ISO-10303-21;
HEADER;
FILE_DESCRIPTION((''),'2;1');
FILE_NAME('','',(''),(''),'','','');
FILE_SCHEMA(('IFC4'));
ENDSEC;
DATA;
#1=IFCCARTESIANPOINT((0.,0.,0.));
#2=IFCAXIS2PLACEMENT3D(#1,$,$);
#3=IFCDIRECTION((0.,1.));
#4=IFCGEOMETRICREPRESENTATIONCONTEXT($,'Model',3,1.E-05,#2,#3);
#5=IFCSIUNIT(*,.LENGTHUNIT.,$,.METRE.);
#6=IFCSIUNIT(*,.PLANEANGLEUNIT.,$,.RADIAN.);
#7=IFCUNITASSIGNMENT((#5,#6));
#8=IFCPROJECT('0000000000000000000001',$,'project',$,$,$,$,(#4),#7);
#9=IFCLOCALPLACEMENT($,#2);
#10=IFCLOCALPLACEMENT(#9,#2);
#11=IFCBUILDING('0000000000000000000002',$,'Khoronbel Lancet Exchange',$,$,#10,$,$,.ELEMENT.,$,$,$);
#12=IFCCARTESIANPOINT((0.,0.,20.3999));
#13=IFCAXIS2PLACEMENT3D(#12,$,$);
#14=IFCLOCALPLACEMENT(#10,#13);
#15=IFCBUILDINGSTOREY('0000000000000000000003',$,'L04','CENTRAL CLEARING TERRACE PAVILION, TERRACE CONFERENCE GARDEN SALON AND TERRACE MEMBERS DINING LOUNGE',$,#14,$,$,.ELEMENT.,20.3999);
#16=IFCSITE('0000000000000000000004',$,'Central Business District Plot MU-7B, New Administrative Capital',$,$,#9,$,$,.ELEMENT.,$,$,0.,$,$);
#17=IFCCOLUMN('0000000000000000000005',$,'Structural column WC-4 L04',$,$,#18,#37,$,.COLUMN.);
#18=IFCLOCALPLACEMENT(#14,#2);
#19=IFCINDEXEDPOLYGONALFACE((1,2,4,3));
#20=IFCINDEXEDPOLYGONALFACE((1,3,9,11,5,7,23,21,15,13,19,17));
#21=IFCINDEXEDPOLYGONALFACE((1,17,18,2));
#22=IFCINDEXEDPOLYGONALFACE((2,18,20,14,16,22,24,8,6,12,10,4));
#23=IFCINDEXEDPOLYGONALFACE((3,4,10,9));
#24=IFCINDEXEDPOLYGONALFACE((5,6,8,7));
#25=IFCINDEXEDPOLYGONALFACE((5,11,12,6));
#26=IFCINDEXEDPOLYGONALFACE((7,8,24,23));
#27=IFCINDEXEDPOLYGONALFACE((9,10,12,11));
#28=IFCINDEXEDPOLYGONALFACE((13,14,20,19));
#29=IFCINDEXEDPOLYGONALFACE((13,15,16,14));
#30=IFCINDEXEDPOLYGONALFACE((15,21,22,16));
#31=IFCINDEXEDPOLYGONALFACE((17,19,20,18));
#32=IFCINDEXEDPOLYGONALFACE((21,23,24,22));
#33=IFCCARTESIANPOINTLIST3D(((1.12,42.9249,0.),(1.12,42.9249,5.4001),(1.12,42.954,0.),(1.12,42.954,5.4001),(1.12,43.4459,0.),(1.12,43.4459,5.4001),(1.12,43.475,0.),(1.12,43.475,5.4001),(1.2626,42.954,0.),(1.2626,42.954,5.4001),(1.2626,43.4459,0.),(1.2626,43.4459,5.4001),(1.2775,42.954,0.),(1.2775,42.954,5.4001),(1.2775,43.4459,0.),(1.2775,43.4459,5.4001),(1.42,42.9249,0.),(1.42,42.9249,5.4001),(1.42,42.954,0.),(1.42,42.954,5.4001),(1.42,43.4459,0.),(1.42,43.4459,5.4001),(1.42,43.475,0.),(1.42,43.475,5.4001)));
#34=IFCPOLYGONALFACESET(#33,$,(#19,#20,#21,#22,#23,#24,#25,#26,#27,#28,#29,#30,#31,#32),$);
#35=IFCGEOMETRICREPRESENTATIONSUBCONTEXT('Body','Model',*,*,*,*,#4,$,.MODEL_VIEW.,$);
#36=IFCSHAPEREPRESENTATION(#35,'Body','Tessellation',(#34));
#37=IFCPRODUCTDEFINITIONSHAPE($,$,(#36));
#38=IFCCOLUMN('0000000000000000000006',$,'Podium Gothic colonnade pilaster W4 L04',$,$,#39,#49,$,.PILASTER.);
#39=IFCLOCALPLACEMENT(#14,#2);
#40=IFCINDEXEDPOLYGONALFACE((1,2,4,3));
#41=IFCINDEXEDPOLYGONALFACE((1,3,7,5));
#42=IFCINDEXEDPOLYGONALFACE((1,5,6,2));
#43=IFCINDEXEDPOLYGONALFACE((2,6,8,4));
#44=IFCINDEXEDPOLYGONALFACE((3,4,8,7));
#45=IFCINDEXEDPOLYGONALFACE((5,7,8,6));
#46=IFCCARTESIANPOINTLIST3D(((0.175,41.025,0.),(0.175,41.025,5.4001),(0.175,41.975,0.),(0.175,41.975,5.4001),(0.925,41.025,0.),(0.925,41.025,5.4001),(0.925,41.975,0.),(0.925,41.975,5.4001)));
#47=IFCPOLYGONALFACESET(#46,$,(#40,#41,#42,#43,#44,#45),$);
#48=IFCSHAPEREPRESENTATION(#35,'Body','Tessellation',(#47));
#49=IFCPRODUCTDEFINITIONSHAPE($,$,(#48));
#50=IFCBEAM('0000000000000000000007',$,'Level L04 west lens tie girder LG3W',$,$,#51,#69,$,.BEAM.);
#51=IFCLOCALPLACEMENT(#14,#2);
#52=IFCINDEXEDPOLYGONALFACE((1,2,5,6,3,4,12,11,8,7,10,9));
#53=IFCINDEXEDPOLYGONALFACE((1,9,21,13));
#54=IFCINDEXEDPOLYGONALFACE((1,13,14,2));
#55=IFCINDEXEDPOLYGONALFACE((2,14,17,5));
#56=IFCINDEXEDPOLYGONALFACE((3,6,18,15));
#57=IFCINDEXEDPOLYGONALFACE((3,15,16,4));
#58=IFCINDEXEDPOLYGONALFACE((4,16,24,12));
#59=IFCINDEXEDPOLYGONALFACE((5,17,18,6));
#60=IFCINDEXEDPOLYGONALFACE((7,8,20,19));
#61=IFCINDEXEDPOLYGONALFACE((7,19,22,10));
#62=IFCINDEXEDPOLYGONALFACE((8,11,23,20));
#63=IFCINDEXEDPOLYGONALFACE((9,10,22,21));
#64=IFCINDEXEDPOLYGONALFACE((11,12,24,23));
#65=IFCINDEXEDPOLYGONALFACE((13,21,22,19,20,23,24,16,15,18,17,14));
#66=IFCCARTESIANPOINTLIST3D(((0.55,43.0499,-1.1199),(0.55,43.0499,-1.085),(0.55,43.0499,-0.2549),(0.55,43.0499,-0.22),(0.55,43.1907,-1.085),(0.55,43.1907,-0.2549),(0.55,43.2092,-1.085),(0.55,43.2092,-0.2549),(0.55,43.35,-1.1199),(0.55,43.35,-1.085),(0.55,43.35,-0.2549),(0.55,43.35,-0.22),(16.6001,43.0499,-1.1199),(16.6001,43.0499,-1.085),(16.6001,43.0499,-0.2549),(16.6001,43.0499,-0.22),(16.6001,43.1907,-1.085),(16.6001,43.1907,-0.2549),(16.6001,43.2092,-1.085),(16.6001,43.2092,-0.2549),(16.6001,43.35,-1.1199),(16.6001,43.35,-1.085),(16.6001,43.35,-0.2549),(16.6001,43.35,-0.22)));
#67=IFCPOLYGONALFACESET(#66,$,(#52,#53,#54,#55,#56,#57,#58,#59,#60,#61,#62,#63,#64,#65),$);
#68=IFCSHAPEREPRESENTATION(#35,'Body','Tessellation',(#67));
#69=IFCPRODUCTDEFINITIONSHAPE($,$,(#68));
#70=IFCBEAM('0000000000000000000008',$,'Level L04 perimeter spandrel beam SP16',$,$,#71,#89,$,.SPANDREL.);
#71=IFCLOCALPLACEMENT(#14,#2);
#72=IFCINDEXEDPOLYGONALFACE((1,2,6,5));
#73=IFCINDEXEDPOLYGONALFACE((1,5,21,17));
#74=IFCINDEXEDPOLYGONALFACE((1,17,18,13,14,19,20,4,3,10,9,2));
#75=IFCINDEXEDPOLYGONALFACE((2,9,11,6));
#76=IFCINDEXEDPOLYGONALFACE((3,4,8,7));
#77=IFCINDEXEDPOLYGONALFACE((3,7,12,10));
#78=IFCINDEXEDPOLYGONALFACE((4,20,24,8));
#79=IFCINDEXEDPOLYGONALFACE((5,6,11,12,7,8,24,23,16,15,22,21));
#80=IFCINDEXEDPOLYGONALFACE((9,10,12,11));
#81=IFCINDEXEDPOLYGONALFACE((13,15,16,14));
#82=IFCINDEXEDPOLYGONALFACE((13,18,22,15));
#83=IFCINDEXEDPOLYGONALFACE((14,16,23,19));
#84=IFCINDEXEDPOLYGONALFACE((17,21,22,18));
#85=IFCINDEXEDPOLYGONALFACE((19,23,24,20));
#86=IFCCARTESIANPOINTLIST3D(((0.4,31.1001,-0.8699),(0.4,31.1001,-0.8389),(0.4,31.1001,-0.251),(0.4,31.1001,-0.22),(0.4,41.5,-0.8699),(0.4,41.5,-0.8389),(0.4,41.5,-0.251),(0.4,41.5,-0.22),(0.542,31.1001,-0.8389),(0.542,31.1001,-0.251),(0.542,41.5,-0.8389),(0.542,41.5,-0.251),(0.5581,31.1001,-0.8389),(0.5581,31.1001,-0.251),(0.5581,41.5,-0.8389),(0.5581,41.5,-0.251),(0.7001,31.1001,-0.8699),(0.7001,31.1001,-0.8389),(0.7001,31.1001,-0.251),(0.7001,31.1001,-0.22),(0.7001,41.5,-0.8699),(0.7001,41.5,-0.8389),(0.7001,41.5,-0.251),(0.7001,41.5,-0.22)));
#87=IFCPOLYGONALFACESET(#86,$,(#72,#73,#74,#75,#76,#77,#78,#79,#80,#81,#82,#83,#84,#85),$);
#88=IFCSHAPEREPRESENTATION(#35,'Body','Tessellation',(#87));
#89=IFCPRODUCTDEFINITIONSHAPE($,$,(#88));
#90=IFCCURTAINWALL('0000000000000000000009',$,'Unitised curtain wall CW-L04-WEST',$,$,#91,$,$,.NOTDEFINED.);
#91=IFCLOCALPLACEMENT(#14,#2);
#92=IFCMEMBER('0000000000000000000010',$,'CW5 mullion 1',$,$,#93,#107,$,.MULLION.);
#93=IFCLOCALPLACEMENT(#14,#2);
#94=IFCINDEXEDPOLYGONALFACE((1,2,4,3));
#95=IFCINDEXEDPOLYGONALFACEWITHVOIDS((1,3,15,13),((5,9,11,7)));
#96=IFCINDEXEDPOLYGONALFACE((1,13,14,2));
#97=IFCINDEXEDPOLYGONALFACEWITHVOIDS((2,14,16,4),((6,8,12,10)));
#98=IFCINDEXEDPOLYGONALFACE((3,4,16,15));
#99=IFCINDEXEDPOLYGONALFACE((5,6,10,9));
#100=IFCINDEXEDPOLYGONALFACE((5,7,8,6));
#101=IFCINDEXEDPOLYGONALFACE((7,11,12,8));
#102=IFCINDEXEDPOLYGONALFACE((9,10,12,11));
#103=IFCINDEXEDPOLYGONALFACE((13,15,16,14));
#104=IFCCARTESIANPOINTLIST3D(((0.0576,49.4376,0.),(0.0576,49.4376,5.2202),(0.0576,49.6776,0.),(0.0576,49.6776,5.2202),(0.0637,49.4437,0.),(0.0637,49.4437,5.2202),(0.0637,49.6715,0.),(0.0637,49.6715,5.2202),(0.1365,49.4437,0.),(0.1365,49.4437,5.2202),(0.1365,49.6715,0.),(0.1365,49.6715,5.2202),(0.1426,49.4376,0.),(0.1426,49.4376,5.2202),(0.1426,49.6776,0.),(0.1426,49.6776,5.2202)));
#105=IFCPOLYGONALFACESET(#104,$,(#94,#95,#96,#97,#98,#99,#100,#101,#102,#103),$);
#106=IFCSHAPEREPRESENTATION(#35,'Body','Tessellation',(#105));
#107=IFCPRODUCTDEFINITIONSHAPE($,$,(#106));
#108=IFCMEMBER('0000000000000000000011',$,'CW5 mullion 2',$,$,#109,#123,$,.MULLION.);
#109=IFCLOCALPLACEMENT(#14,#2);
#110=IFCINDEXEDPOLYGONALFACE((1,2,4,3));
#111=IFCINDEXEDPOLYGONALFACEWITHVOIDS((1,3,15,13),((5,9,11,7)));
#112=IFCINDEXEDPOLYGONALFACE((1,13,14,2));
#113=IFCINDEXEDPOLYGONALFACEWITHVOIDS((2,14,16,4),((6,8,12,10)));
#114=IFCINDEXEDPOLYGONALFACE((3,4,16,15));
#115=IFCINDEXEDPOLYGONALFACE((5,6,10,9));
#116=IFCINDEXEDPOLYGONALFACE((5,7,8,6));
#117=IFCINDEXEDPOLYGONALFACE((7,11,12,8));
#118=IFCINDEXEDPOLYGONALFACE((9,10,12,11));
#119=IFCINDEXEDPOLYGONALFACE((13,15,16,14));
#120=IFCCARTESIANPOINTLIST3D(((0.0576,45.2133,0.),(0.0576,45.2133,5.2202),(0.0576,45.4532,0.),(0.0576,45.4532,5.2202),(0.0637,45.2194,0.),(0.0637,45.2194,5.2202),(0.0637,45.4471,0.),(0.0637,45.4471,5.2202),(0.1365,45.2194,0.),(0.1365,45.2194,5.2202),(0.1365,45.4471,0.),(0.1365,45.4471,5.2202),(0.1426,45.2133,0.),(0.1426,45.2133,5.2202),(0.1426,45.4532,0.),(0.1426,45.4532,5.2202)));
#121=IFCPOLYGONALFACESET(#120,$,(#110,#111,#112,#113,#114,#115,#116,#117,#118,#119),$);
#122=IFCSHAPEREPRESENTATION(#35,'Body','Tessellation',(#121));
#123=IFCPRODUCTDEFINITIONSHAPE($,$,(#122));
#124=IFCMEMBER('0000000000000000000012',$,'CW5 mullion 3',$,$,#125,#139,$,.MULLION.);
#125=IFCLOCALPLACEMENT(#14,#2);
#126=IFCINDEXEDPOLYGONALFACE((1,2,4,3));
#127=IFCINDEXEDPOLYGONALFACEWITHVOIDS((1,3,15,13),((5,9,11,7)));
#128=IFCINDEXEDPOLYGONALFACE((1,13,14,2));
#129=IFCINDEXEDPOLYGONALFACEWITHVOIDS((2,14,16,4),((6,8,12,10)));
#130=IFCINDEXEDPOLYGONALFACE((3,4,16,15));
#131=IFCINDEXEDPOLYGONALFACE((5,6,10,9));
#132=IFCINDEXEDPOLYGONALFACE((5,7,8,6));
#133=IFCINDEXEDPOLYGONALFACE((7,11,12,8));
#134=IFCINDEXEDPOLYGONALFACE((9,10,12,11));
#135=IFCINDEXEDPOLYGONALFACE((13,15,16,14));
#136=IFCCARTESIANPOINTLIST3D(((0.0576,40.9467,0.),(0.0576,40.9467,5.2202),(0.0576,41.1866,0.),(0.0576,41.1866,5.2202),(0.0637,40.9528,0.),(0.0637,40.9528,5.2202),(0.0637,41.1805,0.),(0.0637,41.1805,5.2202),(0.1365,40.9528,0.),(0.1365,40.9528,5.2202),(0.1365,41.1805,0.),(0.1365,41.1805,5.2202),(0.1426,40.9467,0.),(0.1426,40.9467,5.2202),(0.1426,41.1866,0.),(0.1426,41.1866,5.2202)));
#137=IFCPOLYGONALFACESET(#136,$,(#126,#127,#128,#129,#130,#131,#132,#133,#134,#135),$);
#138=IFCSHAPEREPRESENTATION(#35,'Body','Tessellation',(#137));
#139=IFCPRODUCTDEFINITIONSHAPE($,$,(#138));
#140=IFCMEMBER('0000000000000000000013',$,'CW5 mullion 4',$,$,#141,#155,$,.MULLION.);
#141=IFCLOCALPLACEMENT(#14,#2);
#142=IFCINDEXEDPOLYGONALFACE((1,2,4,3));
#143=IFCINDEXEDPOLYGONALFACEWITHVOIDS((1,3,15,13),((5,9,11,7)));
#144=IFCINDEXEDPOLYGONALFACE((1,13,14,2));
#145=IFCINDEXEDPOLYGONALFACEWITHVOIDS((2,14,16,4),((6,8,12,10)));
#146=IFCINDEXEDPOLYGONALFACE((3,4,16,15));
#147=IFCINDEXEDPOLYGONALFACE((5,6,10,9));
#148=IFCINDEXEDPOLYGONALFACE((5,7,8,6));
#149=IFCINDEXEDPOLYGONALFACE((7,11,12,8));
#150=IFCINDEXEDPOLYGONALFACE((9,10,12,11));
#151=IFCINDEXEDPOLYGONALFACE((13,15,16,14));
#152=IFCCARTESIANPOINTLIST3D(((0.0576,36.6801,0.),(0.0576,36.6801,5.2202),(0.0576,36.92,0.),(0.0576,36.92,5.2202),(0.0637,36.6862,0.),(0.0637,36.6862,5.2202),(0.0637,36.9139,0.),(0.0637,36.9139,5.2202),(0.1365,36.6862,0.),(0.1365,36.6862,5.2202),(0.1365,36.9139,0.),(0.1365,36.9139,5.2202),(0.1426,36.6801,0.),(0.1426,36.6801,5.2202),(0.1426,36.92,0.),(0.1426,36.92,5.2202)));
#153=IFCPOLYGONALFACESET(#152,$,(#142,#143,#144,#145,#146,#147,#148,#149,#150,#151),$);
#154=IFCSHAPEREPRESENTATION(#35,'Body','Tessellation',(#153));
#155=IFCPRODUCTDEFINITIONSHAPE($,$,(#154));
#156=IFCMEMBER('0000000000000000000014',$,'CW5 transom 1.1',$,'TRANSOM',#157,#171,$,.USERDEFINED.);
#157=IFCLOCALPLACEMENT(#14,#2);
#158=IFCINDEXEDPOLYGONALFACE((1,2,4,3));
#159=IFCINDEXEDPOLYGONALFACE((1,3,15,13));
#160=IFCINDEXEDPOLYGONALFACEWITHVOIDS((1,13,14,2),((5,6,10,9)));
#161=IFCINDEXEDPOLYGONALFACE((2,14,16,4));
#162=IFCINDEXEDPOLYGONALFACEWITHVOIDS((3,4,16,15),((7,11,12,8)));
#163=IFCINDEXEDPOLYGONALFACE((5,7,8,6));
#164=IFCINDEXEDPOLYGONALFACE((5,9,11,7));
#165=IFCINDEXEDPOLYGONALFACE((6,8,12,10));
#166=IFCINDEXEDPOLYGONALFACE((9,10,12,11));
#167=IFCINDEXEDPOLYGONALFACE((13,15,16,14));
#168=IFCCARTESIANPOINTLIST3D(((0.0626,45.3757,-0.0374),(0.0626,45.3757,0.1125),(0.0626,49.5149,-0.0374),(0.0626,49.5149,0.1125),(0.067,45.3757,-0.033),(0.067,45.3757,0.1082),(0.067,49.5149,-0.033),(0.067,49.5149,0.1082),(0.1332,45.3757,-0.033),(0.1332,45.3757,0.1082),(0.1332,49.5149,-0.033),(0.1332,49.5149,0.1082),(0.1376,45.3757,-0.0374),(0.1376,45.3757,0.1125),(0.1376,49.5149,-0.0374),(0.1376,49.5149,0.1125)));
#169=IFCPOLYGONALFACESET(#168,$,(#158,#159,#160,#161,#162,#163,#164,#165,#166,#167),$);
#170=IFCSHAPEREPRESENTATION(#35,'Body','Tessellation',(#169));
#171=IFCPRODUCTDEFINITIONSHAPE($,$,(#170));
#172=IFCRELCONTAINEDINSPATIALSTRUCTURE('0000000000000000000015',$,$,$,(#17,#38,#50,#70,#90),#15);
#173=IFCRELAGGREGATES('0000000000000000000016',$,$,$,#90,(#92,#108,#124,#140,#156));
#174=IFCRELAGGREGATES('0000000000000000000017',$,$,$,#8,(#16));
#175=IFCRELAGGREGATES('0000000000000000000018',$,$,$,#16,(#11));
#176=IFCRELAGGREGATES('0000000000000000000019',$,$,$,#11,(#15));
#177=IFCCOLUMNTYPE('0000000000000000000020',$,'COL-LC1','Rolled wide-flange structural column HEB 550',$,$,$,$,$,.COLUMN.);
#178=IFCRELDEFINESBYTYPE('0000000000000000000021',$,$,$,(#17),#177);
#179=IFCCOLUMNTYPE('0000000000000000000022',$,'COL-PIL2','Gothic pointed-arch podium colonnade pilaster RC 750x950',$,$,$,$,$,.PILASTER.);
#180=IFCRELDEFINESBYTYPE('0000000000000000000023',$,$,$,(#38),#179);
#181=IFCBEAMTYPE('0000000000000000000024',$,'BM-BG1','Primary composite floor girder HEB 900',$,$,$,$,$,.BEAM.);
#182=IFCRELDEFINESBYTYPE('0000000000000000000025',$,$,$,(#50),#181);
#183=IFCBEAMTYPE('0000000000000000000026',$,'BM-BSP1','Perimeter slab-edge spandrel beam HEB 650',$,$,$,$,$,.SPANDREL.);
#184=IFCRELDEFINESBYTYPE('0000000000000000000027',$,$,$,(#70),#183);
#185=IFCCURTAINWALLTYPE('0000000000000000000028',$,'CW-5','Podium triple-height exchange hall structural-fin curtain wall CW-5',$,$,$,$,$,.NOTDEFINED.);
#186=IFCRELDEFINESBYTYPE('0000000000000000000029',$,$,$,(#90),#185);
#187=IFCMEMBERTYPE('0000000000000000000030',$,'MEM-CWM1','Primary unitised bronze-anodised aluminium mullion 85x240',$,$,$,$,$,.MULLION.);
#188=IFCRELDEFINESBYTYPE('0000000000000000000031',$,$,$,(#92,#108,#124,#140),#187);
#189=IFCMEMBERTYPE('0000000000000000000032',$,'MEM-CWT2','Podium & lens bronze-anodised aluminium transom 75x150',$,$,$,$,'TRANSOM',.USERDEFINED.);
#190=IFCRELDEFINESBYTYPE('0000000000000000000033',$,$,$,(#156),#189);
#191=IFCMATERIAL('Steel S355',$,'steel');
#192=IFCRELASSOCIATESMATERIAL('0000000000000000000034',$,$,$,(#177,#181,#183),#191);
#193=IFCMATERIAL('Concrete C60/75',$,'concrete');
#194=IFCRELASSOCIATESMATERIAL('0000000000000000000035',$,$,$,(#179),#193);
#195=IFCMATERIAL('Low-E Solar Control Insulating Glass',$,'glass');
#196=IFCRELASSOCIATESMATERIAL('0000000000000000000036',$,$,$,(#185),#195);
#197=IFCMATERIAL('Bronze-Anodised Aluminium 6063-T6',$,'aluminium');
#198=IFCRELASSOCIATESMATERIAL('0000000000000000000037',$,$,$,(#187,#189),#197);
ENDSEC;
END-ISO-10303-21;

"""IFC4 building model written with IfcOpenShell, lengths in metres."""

from ifc_helpers import new_model, si_unit, direction, frame, origin, origin_2d, place, context, subcontext, project, spatial, rectangle, hollow_rectangle, i_section, extrude, material, material_profile, profile_set, type_object, element, aggregate, save


model = new_model("IFC4")

# Units and contexts
model_context = context("Model", 3, precision=1e-05, world=origin(), true_north=direction((0.0, 1.0)))
body_context = subcontext(model_context, "Body", "Model", "MODEL_VIEW")
ifc_project = project(units=[si_unit("LENGTHUNIT", "METRE"), si_unit("PLANEANGLEUNIT", "RADIAN")], contexts=[model_context])

# Site, building, storey
site_placement = place(None, origin())
site = spatial("IfcSite", under=ifc_project, at=site_placement, Name="Central Business District Plot MU-7B, New Administrative Capital", CompositionType="ELEMENT", RefElevation=0.0)
building_placement = place(site_placement, origin())
building = spatial("IfcBuilding", under=site, at=building_placement, Name="Khoronbel Lancet Exchange", CompositionType="ELEMENT")
storey_placement = place(building_placement, frame((0.0, 0.0, 20.3999)))
storey = spatial("IfcBuildingStorey", under=building, at=storey_placement, Name="L04", Description="CENTRAL CLEARING TERRACE PAVILION, TERRACE CONFERENCE GARDEN SALON AND TERRACE MEMBERS DINING LOUNGE", CompositionType="ELEMENT", Elevation=20.3999)

# Columns
ifc_material_1 = material(Name="Steel S355", Category="steel")
ifc_material_profile_1 = material_profile(ifc_material_1, i_section(OverallWidth=0.3, OverallDepth=0.55, WebThickness=0.0149, FlangeThickness=0.0291, at=origin_2d()), Name="HEB 550")
ifc_profile_set_1 = profile_set([ifc_material_profile_1], Name="Steel S355")
column_type_1 = type_object("IfcColumnType", Name="COL-LC1", Description="Rolled wide-flange structural column HEB 550", PredefinedType="COLUMN", material=ifc_profile_set_1)
column_1_placement = place(storey_placement, frame((1.27, 43.2, 0.0), z_axis=(0.0, 0.0, 1.0), x_axis=(1.0, 0.0, 0.0)))
element("IfcColumn", 1, at=column_1_placement, inside=storey, type_object=column_type_1, Name="Structural column WC-4 L04", PredefinedType="COLUMN", context=body_context, shape_type="SweptSolid", body=[
    extrude(i_section(OverallWidth=0.3, OverallDepth=0.55, WebThickness=0.0149, FlangeThickness=0.0291, at=origin_2d()), origin(), (0.0, 0.0, 1.0), 5.4001),
])
ifc_material_2 = material(Name="Concrete C60/75", Category="concrete")
ifc_material_profile_2 = material_profile(ifc_material_2, rectangle(XDim=0.75, YDim=0.95, at=origin_2d()), Name="RC 750x950")
ifc_profile_set_2 = profile_set([ifc_material_profile_2], Name="Concrete C60/75")
column_type_2 = type_object("IfcColumnType", Name="COL-PIL2", Description="Gothic pointed-arch podium colonnade pilaster RC 750x950", PredefinedType="PILASTER", material=ifc_profile_set_2)
column_2_placement = place(storey_placement, frame((0.55, 41.5, 0.0), z_axis=(0.0, 0.0, 1.0), x_axis=(1.0, 0.0, 0.0)))
element("IfcColumn", 2, at=column_2_placement, inside=storey, type_object=column_type_2, Name="Podium Gothic colonnade pilaster W4 L04", PredefinedType="PILASTER", context=body_context, shape_type="SweptSolid", body=[
    extrude(rectangle(XDim=0.75, YDim=0.95, at=origin_2d()), origin(), (0.0, 0.0, 1.0), 5.4001),
])

# Beams
ifc_material_profile_3 = material_profile(ifc_material_1, i_section(OverallWidth=0.3, OverallDepth=0.8999, WebThickness=0.0186, FlangeThickness=0.0349, at=origin_2d()), Name="HEB 900")
ifc_profile_set_3 = profile_set([ifc_material_profile_3], Name="Steel S355")
beam_type_1 = type_object("IfcBeamType", Name="BM-BG1", Description="Primary composite floor girder HEB 900", PredefinedType="BEAM", material=ifc_profile_set_3)
beam_1_placement = place(storey_placement, frame((0.55, 43.2, -0.6699), z_axis=(1.0, 0.0, 0.0), x_axis=(0.0, 1.0, 0.0)))
element("IfcBeam", 3, at=beam_1_placement, inside=storey, type_object=beam_type_1, Name="Level L04 west lens tie girder LG3W", PredefinedType="BEAM", context=body_context, shape_type="SweptSolid", body=[
    extrude(i_section(OverallWidth=0.3, OverallDepth=0.8999, WebThickness=0.0186, FlangeThickness=0.0349, at=origin_2d()), origin(), (0.0, 0.0, 1.0), 16.05),
])
ifc_material_profile_4 = material_profile(ifc_material_1, i_section(OverallWidth=0.3, OverallDepth=0.6499, WebThickness=0.0161, FlangeThickness=0.031, at=origin_2d()), Name="HEB 650")
ifc_profile_set_4 = profile_set([ifc_material_profile_4], Name="Steel S355")
beam_type_2 = type_object("IfcBeamType", Name="BM-BSP1", Description="Perimeter slab-edge spandrel beam HEB 650", PredefinedType="SPANDREL", material=ifc_profile_set_4)
beam_2_placement = place(storey_placement, frame((0.55, 41.5, -0.5449), z_axis=(0.0, -1.0, 0.0), x_axis=(1.0, 0.0, 0.0)))
element("IfcBeam", 4, at=beam_2_placement, inside=storey, type_object=beam_type_2, Name="Level L04 perimeter spandrel beam SP16", PredefinedType="SPANDREL", context=body_context, shape_type="SweptSolid", body=[
    extrude(i_section(OverallWidth=0.3, OverallDepth=0.6499, WebThickness=0.0161, FlangeThickness=0.031, at=origin_2d()), origin(), (0.0, 0.0, 1.0), 10.3999),
])

# Curtain wall, members
ifc_material_3 = material(Name="Low-E Solar Control Insulating Glass", Category="glass")
curtain_wall_type = type_object("IfcCurtainWallType", Name="CW-5", Description="Podium triple-height exchange hall structural-fin curtain wall CW-5", PredefinedType="NOTDEFINED", material=ifc_material_3)
curtain_wall_placement = place(storey_placement, origin())
curtain_wall = element("IfcCurtainWall", 5, at=curtain_wall_placement, inside=storey, type_object=curtain_wall_type, Name="Unitised curtain wall CW-L04-WEST", PredefinedType="NOTDEFINED")
ifc_material_4 = material(Name="Bronze-Anodised Aluminium 6063-T6", Category="aluminium")
ifc_material_profile_5 = material_profile(ifc_material_4, hollow_rectangle(XDim=0.085, YDim=0.24, WallThickness=0.0061, at=origin_2d()), Name="ALU MULLION 85x240")
ifc_profile_set_5 = profile_set([ifc_material_profile_5], Name="Bronze-Anodised Aluminium 6063-T6")
member_type_1 = type_object("IfcMemberType", Name="MEM-CWM1", Description="Primary unitised bronze-anodised aluminium mullion 85x240", PredefinedType="MULLION", material=ifc_profile_set_5)
member_1_placement = place(storey_placement, frame((0.1001, 49.5576, 0.0), z_axis=(0.0, 0.0, 1.0), x_axis=(1.0, 0.0, 0.0)))
member_1 = element("IfcMember", 6, at=member_1_placement, type_object=member_type_1, Name="CW5 mullion 1", PredefinedType="MULLION", context=body_context, shape_type="SweptSolid", body=[
    extrude(hollow_rectangle(XDim=0.085, YDim=0.24, WallThickness=0.0061, at=origin_2d()), origin(), (0.0, 0.0, 1.0), 5.2202),
])
member_2_placement = place(storey_placement, frame((0.1001, 45.3333, 0.0), z_axis=(0.0, 0.0, 1.0), x_axis=(1.0, 0.0, 0.0)))
member_2 = element("IfcMember", 7, at=member_2_placement, type_object=member_type_1, Name="CW5 mullion 2", PredefinedType="MULLION", context=body_context, shape_type="SweptSolid", body=[
    extrude(hollow_rectangle(XDim=0.085, YDim=0.24, WallThickness=0.0061, at=origin_2d()), origin(), (0.0, 0.0, 1.0), 5.2202),
])
member_3_placement = place(storey_placement, frame((0.1001, 41.0667, 0.0), z_axis=(0.0, 0.0, 1.0), x_axis=(1.0, 0.0, 0.0)))
member_3 = element("IfcMember", 8, at=member_3_placement, type_object=member_type_1, Name="CW5 mullion 3", PredefinedType="MULLION", context=body_context, shape_type="SweptSolid", body=[
    extrude(hollow_rectangle(XDim=0.085, YDim=0.24, WallThickness=0.0061, at=origin_2d()), origin(), (0.0, 0.0, 1.0), 5.2202),
])
member_4_placement = place(storey_placement, frame((0.1001, 36.8, 0.0), z_axis=(0.0, 0.0, 1.0), x_axis=(1.0, 0.0, 0.0)))
member_4 = element("IfcMember", 9, at=member_4_placement, type_object=member_type_1, Name="CW5 mullion 4", PredefinedType="MULLION", context=body_context, shape_type="SweptSolid", body=[
    extrude(hollow_rectangle(XDim=0.085, YDim=0.24, WallThickness=0.0061, at=origin_2d()), origin(), (0.0, 0.0, 1.0), 5.2202),
])
ifc_material_profile_6 = material_profile(ifc_material_4, hollow_rectangle(XDim=0.075, YDim=0.1499, WallThickness=0.0044, at=origin_2d()), Name="ALU TRANSOM 75x150")
ifc_profile_set_6 = profile_set([ifc_material_profile_6], Name="Bronze-Anodised Aluminium 6063-T6")
member_type_2 = type_object("IfcMemberType", Name="MEM-CWT2", Description="Podium & lens bronze-anodised aluminium transom 75x150", ElementType="TRANSOM", PredefinedType="USERDEFINED", material=ifc_profile_set_6)
member_5_placement = place(storey_placement, frame((0.1001, 49.5149, 0.0376), z_axis=(0.0, -1.0, 0.0), x_axis=(1.0, 0.0, 0.0)))
member_5 = element("IfcMember", 10, at=member_5_placement, type_object=member_type_2, Name="CW5 transom 1.1", ObjectType="TRANSOM", PredefinedType="USERDEFINED", context=body_context, shape_type="SweptSolid", body=[
    extrude(hollow_rectangle(XDim=0.075, YDim=0.1499, WallThickness=0.0044, at=origin_2d()), origin(), (0.0, 0.0, 1.0), 4.1392),
])
aggregate(curtain_wall, [member_1, member_2, member_3, member_4, member_5])

save(model, "model.ifc")
